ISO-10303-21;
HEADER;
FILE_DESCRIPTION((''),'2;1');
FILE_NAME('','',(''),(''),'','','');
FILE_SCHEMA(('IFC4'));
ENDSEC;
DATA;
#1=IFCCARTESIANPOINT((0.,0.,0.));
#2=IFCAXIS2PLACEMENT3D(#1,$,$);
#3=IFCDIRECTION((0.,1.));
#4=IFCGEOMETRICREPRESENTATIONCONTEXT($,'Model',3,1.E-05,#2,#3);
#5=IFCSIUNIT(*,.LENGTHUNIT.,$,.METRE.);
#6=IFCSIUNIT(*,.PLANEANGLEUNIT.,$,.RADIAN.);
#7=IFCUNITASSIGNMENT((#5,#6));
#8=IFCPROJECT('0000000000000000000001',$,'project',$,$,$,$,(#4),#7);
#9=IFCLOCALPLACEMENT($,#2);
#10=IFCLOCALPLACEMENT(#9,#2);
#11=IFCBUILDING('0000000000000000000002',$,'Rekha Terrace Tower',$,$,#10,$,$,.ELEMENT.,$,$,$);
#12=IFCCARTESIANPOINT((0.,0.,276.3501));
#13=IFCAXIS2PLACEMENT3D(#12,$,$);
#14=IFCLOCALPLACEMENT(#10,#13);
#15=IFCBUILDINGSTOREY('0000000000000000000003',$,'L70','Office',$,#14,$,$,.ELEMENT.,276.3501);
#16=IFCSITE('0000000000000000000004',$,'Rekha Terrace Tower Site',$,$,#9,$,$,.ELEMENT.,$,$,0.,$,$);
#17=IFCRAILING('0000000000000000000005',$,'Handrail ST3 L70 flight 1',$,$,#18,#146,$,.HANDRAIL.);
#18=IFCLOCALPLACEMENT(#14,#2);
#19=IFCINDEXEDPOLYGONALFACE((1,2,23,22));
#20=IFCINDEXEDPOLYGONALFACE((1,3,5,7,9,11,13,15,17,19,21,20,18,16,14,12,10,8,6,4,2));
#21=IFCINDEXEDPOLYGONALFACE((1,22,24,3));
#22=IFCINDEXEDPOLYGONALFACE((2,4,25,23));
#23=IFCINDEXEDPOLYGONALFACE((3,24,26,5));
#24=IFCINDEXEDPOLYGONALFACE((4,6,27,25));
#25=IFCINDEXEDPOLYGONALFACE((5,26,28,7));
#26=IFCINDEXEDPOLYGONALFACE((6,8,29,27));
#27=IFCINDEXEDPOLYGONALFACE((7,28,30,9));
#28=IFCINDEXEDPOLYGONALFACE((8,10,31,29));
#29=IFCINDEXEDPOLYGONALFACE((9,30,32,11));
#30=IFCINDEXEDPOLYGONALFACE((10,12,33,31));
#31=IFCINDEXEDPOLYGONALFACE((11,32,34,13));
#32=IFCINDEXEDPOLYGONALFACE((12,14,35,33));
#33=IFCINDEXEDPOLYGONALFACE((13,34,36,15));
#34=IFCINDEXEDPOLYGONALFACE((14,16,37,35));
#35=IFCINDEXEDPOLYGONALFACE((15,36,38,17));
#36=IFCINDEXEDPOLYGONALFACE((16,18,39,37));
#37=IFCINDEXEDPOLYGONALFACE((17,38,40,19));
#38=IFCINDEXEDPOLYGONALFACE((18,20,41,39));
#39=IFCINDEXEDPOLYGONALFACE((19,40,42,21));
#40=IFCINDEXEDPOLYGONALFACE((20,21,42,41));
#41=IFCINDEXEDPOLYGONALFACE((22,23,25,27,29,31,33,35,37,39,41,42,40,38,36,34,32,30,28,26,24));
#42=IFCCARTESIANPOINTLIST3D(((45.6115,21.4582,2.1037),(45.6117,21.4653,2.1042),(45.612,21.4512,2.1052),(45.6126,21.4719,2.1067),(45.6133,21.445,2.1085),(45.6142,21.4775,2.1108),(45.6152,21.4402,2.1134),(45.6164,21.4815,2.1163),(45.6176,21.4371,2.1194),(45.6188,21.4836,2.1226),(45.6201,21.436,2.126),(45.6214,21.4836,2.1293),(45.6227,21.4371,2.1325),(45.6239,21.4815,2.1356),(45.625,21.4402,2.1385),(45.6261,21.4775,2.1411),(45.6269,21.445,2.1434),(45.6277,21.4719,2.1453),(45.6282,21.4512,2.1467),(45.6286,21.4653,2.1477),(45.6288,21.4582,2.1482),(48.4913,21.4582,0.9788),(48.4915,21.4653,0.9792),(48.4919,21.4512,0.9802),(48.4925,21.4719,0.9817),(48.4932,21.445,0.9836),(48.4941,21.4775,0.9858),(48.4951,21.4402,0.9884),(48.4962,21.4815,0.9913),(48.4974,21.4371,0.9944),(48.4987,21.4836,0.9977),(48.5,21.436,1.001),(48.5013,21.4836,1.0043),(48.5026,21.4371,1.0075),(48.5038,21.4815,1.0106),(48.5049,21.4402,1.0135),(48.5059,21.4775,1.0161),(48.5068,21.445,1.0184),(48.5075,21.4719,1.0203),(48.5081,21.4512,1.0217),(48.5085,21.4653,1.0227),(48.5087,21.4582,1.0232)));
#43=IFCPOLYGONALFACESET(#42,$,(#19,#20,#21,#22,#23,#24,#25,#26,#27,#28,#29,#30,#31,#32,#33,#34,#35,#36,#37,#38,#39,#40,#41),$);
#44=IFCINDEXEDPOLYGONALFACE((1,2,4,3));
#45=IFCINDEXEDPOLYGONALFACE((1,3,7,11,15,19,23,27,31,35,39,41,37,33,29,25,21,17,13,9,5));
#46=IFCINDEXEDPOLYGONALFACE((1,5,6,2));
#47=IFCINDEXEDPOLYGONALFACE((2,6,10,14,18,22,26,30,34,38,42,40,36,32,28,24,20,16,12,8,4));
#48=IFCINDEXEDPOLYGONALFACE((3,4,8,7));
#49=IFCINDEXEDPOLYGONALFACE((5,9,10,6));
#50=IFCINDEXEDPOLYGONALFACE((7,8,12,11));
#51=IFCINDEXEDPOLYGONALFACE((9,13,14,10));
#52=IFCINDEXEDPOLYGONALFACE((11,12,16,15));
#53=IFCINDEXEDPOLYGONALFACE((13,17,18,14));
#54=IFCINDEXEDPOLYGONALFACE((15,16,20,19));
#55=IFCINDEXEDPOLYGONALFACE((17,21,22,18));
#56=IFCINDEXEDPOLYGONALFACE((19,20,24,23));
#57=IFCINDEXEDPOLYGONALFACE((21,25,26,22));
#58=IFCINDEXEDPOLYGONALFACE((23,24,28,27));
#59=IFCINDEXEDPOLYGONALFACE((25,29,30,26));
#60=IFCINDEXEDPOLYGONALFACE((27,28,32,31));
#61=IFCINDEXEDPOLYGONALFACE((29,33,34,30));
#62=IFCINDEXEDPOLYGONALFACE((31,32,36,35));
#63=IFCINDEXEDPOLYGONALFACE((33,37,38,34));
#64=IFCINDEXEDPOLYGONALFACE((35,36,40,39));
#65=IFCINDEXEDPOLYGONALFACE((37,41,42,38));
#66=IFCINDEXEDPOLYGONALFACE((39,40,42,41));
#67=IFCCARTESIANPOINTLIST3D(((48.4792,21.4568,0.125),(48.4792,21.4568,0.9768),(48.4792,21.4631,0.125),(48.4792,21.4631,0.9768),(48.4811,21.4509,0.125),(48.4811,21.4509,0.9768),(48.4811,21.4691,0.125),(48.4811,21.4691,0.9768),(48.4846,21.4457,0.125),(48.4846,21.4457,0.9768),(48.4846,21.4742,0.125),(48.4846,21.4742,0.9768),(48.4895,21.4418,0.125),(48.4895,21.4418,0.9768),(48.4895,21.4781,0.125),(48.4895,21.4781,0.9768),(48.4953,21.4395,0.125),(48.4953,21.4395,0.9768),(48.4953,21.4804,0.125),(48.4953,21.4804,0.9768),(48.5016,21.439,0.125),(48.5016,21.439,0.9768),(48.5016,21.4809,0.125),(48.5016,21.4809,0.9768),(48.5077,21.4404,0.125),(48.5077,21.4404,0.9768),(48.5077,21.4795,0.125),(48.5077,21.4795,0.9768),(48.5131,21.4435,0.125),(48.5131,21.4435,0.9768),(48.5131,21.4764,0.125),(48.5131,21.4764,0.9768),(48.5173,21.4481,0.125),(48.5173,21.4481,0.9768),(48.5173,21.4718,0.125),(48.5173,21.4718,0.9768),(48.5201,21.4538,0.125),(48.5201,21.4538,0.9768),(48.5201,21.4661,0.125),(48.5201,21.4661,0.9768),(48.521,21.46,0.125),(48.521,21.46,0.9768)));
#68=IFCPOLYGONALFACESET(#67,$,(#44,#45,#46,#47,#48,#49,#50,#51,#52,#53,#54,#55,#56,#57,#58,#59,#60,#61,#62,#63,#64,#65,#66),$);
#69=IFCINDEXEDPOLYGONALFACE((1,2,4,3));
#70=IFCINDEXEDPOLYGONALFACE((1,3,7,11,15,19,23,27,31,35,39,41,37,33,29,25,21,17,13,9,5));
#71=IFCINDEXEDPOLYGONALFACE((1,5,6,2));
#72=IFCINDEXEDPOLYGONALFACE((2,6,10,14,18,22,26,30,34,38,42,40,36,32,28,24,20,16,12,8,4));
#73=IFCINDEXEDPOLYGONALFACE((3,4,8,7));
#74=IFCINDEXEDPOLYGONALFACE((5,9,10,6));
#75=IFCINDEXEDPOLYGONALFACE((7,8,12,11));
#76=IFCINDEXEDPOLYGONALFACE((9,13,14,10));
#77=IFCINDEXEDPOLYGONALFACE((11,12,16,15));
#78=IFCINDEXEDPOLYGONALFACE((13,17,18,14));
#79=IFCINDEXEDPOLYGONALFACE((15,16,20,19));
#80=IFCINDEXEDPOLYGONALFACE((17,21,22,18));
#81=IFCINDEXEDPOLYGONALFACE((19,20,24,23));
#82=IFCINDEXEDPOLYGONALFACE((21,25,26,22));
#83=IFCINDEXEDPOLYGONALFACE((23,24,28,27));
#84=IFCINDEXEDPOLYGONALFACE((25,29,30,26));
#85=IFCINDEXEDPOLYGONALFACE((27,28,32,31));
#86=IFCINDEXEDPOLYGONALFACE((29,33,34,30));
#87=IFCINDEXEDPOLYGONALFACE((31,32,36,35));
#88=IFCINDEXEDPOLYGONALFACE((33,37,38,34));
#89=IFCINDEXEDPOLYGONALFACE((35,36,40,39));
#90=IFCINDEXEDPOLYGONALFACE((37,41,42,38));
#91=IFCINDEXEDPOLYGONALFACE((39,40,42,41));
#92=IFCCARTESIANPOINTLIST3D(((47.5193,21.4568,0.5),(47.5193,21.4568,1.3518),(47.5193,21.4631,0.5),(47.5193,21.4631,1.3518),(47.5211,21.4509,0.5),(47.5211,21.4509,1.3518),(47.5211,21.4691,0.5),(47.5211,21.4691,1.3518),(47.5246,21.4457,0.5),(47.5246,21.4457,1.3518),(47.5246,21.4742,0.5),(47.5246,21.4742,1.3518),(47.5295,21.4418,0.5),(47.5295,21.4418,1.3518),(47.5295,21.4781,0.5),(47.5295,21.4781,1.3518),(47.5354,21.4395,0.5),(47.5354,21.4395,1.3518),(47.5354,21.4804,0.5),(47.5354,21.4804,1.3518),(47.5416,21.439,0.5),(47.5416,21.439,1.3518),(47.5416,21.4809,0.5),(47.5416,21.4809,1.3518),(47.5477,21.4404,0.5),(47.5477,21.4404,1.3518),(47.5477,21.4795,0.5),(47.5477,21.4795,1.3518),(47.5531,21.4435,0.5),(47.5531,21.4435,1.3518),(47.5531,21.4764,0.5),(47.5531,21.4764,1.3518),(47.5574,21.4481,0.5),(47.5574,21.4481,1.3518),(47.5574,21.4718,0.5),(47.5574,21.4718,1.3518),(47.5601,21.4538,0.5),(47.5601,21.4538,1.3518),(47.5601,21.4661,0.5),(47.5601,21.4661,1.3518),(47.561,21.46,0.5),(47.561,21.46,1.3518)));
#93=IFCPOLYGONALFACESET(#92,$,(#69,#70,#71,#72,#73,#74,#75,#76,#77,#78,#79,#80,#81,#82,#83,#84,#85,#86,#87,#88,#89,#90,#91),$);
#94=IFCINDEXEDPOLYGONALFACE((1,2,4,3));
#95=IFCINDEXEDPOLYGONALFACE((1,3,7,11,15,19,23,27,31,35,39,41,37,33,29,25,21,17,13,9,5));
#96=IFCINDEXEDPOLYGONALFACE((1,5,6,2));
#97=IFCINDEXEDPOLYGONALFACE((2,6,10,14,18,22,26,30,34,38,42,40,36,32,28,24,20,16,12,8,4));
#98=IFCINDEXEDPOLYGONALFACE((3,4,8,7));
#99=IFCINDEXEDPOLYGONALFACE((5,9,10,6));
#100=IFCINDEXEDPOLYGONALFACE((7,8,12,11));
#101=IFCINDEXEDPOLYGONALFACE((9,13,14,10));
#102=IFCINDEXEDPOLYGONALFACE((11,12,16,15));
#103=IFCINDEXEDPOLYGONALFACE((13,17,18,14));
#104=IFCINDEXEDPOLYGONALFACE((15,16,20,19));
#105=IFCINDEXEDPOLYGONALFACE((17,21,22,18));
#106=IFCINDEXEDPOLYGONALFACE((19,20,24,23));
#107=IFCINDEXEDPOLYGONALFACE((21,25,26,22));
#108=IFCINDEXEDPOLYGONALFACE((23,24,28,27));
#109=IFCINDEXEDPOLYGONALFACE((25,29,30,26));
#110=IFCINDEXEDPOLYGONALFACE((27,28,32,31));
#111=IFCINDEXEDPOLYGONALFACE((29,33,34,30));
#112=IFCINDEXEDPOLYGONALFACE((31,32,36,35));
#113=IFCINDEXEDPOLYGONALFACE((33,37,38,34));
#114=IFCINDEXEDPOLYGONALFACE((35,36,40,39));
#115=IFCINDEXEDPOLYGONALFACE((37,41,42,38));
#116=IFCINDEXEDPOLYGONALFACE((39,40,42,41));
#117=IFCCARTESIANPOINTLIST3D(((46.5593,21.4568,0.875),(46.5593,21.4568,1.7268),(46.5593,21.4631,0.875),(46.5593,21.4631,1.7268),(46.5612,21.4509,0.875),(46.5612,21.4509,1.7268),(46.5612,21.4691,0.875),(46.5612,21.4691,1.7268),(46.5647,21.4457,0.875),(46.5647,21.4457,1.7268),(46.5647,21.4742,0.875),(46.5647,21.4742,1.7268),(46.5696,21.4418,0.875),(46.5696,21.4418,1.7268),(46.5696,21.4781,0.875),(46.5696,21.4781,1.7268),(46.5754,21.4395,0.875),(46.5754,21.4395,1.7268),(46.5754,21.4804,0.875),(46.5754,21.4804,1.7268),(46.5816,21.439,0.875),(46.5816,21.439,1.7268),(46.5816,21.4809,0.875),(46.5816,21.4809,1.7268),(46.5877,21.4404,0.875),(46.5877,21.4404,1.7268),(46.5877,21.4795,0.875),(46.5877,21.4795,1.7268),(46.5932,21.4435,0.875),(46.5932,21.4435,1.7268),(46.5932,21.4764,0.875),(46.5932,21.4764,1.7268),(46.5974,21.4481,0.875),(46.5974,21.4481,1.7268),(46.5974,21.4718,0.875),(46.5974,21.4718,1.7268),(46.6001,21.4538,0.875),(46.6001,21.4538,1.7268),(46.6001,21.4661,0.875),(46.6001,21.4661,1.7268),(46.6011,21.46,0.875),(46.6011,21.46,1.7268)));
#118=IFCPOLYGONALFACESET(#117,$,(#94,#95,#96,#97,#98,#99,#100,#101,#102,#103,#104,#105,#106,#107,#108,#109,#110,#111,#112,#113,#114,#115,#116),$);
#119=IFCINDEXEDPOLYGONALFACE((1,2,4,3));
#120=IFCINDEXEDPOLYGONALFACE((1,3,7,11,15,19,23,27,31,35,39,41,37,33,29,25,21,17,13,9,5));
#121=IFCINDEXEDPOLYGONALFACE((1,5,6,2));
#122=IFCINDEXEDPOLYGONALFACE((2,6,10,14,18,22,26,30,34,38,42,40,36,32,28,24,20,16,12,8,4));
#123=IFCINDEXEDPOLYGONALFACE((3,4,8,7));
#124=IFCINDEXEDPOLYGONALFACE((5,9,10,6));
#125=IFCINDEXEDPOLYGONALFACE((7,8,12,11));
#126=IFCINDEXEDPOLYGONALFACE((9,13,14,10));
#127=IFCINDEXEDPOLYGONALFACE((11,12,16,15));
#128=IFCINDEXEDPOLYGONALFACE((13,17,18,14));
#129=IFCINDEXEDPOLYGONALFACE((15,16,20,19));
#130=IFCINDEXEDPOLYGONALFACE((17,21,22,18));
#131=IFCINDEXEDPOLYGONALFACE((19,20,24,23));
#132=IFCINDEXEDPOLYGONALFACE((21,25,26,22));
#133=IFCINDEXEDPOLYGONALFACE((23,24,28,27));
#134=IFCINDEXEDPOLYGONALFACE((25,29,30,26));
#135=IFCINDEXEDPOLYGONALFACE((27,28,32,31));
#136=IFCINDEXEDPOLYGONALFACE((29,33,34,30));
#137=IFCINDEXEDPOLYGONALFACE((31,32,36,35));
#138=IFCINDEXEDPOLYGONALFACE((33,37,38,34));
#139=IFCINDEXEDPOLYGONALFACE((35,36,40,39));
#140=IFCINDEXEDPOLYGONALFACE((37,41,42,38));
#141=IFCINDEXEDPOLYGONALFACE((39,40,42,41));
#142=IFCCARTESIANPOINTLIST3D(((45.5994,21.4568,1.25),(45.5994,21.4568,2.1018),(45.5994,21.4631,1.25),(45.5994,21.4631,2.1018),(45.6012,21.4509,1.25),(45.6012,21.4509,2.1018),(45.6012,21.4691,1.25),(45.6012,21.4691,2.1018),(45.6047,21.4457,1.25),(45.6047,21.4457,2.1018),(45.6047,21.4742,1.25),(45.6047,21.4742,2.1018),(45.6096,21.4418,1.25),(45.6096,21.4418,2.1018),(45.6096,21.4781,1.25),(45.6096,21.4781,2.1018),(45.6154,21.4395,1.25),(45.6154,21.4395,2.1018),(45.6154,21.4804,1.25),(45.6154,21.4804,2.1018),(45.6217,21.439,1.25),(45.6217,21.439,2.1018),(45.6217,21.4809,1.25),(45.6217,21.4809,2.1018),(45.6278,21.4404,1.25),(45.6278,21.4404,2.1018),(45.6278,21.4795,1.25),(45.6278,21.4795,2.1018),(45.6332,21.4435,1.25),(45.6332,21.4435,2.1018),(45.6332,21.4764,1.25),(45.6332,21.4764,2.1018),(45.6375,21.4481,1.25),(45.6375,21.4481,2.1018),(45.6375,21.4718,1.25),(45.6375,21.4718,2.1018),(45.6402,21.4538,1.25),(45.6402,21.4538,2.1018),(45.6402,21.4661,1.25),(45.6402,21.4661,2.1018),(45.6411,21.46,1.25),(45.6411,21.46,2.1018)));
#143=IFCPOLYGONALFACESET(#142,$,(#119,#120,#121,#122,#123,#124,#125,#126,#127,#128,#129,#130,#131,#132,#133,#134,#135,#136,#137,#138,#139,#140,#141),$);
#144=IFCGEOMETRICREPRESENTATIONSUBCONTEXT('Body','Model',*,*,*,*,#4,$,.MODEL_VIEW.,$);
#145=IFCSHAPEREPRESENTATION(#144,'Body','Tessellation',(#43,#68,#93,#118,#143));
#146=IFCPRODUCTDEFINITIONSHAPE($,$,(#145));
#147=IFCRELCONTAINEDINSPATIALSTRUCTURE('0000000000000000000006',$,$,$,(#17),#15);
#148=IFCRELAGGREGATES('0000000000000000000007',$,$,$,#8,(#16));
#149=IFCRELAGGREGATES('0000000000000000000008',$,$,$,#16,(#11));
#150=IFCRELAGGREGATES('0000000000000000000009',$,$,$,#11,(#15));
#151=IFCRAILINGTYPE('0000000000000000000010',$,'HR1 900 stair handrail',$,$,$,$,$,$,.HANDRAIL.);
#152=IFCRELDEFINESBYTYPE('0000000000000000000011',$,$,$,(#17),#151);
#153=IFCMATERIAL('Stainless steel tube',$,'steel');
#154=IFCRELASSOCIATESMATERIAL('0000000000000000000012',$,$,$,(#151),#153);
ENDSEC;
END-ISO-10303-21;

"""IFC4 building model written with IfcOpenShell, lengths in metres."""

from ifc_helpers import new_model, si_unit, direction, frame, origin, origin_2d, place, context, subcontext, project, spatial, circle, extrude, material, type_object, element, save


model = new_model("IFC4")

# Units and contexts
model_context = context("Model", 3, precision=1e-05, world=origin(), true_north=direction((0.0, 1.0)))
body_context = subcontext(model_context, "Body", "Model", "MODEL_VIEW")
ifc_project = project(units=[si_unit("LENGTHUNIT", "METRE"), si_unit("PLANEANGLEUNIT", "RADIAN")], contexts=[model_context])

# Site, building, storey
site_placement = place(None, origin())
site = spatial("IfcSite", under=ifc_project, at=site_placement, Name="Rekha Terrace Tower Site", CompositionType="ELEMENT", RefElevation=0.0)
building_placement = place(site_placement, origin())
building = spatial("IfcBuilding", under=site, at=building_placement, Name="Rekha Terrace Tower", CompositionType="ELEMENT")
storey_placement = place(building_placement, frame((0.0, 0.0, 276.3501)))
storey = spatial("IfcBuildingStorey", under=building, at=storey_placement, Name="L70", Description="Office", CompositionType="ELEMENT", Elevation=276.3501)

# Railing
ifc_material_1 = material(Name="Stainless steel tube", Category="steel")
railing_type_1 = type_object("IfcRailingType", Name="HR1 900 stair handrail", PredefinedType="HANDRAIL", material=ifc_material_1)
railing_1_placement = place(storey_placement, frame((48.5, 21.46, 0.125)))
element("IfcRailing", 1, at=railing_1_placement, inside=storey, type_object=railing_type_1, Name="Handrail ST3 L70 flight 1", PredefinedType="HANDRAIL", context=body_context, shape_type="SweptSolid", body=[
    extrude(circle(Radius=0.0239, at=origin_2d()), frame((0.0, 0.0, 0.876), z_axis=(-0.931452, 0.0, 0.363863), x_axis=(0.0, -1.0, 0.0)), (0.0, 0.0, 1.0), 3.0918),
    extrude(circle(Radius=0.021, at=origin_2d()), origin(), (0.0, 0.0, 1.0), 0.8518),
    extrude(circle(Radius=0.021, at=origin_2d()), frame((-0.96, 0.0, 0.375)), (0.0, 0.0, 1.0), 0.8518),
    extrude(circle(Radius=0.021, at=origin_2d()), frame((-1.9199, 0.0, 0.75)), (0.0, 0.0, 1.0), 0.8518),
    extrude(circle(Radius=0.021, at=origin_2d()), frame((-2.8799, 0.0, 1.125)), (0.0, 0.0, 1.0), 0.8518),
])

save(model, "model.ifc")
